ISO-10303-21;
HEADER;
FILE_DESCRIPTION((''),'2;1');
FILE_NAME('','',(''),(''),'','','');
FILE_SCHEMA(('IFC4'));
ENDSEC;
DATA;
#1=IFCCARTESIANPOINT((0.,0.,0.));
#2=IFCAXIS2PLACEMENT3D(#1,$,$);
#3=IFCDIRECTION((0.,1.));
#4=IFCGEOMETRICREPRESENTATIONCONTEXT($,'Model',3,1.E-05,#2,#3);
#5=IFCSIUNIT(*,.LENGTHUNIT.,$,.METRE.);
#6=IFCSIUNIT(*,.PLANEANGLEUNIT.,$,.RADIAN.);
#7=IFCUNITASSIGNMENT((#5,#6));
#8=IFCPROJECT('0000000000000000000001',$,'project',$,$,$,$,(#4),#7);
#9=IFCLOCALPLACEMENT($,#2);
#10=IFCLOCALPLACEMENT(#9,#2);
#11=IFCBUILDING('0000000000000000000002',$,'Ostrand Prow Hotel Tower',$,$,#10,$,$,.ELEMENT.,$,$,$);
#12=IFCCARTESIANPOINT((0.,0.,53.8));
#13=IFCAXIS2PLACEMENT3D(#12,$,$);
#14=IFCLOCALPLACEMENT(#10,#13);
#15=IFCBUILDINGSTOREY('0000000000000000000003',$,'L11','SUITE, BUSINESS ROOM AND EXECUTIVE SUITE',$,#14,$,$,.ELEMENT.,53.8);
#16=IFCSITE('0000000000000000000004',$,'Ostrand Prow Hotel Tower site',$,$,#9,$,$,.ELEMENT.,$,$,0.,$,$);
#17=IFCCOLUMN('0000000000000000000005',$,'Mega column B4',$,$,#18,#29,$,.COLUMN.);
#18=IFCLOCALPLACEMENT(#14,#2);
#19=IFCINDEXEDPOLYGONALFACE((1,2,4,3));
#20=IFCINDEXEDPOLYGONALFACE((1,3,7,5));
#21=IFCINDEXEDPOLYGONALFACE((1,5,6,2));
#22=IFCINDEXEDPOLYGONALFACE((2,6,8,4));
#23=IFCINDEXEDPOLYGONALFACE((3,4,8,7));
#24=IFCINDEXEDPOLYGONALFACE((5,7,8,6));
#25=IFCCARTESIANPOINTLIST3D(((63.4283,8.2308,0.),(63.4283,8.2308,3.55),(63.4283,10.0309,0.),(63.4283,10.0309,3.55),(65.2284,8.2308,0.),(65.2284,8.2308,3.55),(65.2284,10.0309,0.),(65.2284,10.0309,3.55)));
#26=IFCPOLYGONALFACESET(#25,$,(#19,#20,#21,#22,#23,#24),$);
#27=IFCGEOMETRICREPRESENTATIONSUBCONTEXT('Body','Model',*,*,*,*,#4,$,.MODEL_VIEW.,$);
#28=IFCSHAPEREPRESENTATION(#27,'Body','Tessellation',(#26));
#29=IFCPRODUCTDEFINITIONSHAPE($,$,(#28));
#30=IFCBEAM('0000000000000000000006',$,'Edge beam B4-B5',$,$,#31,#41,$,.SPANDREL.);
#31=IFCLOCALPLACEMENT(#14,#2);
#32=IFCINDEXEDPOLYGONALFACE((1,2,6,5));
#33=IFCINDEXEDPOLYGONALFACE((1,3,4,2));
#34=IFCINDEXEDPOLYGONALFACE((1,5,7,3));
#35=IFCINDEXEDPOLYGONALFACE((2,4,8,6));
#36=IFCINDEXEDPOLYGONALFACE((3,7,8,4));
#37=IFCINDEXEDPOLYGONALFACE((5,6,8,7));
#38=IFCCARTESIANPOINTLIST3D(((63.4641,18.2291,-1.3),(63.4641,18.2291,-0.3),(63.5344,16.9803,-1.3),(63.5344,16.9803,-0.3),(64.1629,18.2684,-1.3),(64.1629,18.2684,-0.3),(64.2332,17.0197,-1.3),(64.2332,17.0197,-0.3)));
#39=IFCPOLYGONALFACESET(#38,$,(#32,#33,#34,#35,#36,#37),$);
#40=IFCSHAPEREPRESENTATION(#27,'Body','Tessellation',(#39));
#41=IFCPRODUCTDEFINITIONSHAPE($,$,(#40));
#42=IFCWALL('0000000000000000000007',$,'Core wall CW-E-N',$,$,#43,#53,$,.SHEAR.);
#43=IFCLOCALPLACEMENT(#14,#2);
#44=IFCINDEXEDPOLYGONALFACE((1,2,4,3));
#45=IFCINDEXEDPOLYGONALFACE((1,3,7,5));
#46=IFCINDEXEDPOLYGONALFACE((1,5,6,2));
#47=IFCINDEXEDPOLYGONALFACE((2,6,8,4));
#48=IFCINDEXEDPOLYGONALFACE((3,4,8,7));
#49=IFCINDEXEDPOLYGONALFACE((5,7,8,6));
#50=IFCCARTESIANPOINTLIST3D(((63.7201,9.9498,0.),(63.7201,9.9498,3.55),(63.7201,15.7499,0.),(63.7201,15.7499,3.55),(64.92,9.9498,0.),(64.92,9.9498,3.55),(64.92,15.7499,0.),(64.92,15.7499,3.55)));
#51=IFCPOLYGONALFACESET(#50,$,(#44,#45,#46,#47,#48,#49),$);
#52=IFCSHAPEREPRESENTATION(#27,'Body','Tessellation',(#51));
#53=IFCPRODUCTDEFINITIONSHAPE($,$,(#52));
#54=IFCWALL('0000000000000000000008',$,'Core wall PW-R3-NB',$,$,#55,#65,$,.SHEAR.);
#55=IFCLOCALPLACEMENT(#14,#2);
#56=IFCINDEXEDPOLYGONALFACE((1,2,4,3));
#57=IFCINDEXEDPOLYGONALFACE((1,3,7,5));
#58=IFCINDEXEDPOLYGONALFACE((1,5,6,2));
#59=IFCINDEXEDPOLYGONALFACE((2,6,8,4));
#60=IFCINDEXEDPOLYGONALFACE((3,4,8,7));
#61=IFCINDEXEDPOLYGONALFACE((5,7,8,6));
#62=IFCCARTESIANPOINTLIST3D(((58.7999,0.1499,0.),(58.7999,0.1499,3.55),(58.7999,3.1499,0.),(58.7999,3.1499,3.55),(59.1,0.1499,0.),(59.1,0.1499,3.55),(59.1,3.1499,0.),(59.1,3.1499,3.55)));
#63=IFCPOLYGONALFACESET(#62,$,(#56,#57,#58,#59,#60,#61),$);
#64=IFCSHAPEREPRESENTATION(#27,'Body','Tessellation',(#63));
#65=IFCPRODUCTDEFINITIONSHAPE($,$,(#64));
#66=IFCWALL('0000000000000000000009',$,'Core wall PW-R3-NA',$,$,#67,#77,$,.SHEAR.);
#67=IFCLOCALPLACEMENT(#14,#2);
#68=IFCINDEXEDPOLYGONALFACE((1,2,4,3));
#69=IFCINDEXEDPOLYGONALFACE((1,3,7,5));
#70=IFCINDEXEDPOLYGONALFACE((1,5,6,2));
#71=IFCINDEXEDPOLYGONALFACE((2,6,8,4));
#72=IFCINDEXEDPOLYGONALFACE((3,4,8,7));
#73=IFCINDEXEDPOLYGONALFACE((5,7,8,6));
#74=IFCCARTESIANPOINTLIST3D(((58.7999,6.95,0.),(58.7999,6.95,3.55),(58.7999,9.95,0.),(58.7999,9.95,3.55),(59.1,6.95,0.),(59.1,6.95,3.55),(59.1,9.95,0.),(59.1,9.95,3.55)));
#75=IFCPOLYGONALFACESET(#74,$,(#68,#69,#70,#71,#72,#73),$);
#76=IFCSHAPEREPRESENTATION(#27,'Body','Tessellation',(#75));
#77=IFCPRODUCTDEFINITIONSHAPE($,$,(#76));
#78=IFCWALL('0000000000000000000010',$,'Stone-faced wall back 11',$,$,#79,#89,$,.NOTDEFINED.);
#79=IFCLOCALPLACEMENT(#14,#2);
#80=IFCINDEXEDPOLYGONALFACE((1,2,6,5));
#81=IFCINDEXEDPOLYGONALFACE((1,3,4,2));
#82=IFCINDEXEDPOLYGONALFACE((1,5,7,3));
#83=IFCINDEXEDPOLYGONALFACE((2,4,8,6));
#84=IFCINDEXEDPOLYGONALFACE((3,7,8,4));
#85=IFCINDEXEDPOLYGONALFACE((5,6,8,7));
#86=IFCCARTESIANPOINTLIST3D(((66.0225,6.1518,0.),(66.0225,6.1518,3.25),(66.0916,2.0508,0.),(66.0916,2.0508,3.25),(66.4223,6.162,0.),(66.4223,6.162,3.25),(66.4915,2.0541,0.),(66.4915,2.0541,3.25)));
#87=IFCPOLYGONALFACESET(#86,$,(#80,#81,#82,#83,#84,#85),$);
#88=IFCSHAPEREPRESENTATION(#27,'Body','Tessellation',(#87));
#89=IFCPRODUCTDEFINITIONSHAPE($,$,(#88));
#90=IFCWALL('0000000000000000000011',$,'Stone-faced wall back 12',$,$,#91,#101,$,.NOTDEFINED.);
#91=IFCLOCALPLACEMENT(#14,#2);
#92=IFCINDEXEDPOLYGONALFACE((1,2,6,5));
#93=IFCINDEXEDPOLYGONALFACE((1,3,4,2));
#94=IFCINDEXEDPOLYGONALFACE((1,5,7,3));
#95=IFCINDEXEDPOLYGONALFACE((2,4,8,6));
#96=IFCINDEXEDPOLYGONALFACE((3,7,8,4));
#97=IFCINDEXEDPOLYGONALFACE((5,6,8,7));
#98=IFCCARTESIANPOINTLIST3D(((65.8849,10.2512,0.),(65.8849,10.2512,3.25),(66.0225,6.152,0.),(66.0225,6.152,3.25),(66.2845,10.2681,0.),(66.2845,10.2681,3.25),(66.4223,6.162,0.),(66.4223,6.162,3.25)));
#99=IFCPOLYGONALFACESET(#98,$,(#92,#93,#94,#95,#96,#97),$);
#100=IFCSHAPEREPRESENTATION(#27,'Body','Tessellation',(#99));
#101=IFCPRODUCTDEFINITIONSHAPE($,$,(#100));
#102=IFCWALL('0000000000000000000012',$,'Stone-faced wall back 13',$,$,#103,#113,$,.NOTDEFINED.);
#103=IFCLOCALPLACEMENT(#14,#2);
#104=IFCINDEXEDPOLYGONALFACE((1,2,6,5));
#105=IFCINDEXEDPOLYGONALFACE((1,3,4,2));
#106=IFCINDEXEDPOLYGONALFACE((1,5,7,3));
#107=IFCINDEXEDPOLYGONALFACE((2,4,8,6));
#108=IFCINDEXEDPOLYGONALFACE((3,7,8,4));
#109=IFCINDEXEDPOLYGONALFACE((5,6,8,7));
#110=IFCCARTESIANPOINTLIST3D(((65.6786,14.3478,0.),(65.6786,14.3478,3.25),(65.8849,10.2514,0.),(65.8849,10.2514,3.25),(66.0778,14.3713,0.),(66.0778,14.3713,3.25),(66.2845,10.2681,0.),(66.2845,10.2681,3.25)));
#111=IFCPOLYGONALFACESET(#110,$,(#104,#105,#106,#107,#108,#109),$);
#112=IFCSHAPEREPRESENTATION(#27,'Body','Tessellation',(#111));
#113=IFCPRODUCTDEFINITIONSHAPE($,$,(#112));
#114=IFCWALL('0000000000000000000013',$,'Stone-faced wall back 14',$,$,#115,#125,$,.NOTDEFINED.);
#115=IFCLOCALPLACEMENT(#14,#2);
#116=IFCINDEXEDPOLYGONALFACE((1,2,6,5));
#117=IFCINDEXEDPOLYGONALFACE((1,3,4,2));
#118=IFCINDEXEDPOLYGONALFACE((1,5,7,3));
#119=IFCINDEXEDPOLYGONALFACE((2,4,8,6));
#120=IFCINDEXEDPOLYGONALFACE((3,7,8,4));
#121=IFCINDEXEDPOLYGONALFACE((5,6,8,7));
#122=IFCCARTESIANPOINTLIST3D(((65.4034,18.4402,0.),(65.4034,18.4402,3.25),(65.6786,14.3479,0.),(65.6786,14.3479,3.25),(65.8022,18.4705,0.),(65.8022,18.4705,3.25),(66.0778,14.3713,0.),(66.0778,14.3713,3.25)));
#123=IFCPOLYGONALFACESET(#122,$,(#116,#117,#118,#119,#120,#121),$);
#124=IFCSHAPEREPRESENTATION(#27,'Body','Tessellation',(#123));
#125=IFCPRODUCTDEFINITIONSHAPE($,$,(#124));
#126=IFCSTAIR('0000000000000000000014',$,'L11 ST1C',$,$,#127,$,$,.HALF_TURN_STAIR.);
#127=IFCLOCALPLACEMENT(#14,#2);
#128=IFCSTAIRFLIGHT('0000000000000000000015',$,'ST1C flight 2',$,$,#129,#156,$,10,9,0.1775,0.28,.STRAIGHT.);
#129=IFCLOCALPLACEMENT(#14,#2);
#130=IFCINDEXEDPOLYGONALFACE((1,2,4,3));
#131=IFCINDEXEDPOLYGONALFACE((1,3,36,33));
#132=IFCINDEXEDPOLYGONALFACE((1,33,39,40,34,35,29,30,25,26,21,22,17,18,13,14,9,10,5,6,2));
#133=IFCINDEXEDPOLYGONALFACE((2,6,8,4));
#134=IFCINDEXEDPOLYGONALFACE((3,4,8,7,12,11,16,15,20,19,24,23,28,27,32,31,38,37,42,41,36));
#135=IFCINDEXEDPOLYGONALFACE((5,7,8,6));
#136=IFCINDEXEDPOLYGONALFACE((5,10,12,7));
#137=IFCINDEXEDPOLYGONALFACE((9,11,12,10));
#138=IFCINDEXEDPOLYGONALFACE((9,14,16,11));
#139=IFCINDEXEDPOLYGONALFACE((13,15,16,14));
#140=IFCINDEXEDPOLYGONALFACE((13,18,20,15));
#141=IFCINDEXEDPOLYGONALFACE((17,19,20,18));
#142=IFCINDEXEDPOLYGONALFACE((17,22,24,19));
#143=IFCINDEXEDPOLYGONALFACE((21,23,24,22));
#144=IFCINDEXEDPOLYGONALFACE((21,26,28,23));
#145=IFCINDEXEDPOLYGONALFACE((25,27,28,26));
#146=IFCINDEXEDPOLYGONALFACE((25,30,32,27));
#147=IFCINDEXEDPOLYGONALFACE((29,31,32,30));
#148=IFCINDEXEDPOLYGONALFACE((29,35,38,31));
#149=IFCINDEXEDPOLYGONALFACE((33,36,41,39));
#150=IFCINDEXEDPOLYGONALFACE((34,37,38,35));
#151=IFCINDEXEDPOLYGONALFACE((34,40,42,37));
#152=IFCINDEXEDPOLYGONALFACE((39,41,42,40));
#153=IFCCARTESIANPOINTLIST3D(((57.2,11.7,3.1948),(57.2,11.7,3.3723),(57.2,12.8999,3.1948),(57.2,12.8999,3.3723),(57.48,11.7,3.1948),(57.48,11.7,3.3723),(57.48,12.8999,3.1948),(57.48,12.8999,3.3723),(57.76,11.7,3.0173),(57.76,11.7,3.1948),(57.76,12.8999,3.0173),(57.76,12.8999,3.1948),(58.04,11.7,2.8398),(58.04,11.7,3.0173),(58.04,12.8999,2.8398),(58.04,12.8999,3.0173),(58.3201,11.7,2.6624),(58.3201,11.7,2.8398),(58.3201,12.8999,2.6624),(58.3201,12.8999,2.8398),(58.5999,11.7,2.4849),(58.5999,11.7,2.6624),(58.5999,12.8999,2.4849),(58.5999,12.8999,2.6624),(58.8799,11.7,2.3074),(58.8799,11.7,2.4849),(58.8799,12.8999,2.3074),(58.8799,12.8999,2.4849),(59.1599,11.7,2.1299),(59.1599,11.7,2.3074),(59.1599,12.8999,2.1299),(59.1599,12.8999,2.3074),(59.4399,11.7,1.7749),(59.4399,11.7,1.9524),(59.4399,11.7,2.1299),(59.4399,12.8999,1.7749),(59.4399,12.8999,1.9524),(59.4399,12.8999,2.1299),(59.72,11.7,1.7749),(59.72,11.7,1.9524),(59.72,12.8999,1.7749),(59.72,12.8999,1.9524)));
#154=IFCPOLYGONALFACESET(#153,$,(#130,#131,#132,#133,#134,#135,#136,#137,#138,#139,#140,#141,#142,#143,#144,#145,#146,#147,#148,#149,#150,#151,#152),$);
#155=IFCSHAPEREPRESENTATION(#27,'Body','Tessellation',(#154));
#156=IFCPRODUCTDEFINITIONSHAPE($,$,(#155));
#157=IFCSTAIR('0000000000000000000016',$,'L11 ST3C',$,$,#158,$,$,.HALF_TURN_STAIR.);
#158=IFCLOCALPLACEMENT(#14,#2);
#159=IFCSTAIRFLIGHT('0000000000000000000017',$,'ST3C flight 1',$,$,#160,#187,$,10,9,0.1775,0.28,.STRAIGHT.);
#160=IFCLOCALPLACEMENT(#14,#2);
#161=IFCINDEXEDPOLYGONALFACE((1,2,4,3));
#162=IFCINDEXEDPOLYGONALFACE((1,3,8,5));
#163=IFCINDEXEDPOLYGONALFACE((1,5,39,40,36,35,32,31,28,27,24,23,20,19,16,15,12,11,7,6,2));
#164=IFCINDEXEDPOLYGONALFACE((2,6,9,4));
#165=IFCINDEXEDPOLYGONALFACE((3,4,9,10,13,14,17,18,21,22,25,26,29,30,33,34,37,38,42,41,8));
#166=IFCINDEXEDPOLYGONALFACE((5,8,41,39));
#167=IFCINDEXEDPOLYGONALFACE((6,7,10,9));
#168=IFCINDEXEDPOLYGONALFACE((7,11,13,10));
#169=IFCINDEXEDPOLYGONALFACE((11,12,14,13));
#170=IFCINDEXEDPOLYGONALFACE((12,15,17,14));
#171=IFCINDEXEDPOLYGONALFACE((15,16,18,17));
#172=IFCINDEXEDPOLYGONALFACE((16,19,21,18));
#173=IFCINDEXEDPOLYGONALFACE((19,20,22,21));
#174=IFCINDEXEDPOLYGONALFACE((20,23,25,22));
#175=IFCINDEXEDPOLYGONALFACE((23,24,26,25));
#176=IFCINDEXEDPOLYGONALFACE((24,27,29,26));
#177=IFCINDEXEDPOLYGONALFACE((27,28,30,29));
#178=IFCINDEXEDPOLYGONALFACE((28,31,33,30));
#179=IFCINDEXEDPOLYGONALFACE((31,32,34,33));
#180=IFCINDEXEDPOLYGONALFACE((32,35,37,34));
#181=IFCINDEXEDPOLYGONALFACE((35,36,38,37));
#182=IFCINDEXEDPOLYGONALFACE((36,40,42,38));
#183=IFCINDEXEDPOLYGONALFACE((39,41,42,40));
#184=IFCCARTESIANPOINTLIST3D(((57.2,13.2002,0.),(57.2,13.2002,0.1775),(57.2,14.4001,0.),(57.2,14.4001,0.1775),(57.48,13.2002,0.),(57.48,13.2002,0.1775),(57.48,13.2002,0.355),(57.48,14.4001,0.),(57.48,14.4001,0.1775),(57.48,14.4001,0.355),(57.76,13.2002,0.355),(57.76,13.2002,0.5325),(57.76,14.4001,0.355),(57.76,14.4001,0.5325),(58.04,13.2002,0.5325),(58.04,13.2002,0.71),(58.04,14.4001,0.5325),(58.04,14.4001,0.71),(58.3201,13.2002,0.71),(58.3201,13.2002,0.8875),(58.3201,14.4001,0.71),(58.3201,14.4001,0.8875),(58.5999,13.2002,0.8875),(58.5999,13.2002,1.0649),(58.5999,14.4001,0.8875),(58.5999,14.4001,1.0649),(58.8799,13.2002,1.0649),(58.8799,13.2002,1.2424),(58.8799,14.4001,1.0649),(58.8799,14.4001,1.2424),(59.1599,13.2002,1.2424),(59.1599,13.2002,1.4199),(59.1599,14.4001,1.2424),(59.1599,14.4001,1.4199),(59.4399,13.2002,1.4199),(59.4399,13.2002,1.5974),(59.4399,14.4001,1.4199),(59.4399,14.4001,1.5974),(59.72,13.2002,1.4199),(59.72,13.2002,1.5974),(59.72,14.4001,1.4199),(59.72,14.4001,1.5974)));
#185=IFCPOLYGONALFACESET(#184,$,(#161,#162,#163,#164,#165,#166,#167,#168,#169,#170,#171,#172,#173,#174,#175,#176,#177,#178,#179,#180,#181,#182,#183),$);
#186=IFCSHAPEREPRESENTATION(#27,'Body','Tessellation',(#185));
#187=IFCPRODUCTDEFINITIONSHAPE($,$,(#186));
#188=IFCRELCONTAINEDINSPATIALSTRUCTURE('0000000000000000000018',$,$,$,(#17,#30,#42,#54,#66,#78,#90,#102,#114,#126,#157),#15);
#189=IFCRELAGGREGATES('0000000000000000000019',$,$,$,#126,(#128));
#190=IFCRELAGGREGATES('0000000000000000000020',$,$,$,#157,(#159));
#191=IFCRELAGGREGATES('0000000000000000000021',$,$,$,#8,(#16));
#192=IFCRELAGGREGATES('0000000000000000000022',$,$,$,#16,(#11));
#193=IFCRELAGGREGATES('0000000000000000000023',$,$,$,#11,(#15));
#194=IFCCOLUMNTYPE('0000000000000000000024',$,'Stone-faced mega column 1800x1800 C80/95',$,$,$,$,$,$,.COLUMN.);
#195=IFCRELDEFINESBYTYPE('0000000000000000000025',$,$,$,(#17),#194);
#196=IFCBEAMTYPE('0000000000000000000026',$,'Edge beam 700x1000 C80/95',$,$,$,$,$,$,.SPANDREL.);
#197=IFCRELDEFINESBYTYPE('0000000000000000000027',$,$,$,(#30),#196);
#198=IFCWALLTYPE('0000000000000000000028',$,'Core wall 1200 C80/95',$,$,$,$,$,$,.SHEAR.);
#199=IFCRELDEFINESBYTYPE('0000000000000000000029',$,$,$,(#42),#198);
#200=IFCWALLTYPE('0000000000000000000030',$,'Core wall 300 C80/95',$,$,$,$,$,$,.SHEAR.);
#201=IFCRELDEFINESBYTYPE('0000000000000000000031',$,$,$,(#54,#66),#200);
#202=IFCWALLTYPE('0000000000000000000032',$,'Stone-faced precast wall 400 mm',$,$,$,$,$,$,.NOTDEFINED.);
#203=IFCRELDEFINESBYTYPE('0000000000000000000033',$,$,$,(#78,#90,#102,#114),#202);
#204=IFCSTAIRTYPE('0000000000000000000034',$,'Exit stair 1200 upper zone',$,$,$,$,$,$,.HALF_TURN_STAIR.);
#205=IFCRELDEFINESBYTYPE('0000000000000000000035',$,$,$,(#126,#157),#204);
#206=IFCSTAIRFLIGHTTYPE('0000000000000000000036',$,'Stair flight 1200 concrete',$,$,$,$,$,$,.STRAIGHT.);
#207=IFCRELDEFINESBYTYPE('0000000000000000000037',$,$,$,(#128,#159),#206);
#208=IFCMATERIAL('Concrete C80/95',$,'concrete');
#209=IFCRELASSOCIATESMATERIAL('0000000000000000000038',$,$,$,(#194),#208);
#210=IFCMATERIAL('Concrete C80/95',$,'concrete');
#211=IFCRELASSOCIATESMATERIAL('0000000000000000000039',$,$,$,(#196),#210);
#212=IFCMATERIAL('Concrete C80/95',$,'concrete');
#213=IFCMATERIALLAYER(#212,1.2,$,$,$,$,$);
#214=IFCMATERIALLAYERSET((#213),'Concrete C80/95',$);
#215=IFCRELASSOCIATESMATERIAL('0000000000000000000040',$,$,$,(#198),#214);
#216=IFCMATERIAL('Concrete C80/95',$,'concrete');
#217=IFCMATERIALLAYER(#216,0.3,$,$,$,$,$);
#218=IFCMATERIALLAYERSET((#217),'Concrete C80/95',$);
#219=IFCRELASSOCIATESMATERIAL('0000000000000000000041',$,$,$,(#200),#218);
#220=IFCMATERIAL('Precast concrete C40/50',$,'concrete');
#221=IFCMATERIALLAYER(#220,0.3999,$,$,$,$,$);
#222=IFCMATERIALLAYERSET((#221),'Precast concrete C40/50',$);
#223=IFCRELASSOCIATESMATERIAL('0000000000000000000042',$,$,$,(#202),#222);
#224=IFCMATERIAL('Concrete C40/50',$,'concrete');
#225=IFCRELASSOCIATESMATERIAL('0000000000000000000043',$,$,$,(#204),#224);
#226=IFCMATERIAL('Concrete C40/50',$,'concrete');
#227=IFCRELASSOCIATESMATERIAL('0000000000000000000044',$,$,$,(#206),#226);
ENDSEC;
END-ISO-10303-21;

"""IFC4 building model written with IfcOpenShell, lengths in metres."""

from ifc_helpers import new_model, si_unit, direction, frame, frame_2d, origin, origin_2d, place, context, subcontext, project, spatial, polyline, rectangle, outline, extrude, material, layer, layer_set, material_profile, profile_set, type_object, element, aggregate, save


model = new_model("IFC4")

# Units and contexts
model_context = context("Model", 3, precision=1e-05, world=origin(), true_north=direction((0.0, 1.0)))
body_context = subcontext(model_context, "Body", "Model", "MODEL_VIEW")
ifc_project = project(units=[si_unit("LENGTHUNIT", "METRE"), si_unit("PLANEANGLEUNIT", "RADIAN")], contexts=[model_context])

# Site, building, storey
site_placement = place(None, origin())
site = spatial("IfcSite", under=ifc_project, at=site_placement, Name="Ostrand Prow Hotel Tower site", CompositionType="ELEMENT", RefElevation=0.0)
building_placement = place(site_placement, origin())
building = spatial("IfcBuilding", under=site, at=building_placement, Name="Ostrand Prow Hotel Tower", CompositionType="ELEMENT")
storey_placement = place(building_placement, frame((0.0, 0.0, 53.8)))
storey = spatial("IfcBuildingStorey", under=building, at=storey_placement, Name="L11", Description="SUITE, BUSINESS ROOM AND EXECUTIVE SUITE", CompositionType="ELEMENT", Elevation=53.8)

# Column
ifc_material_1 = material(Name="Concrete C80/95", Category="concrete")
ifc_material_profile_1 = material_profile(ifc_material_1, rectangle(XDim=1.8, YDim=1.8, at=origin_2d()), Name="RC 1800x1800")
ifc_profile_set_1 = profile_set([ifc_material_profile_1], Name="Concrete C80/95")
column_type = type_object("IfcColumnType", Name="Stone-faced mega column 1800x1800 C80/95", PredefinedType="COLUMN", material=ifc_profile_set_1)
column_placement = place(storey_placement, frame((64.3284, 9.1309, 0.0), z_axis=(0.0, 0.0, 1.0), x_axis=(1.0, 0.0, 0.0)))
element("IfcColumn", 1, at=column_placement, inside=storey, type_object=column_type, Name="Mega column B4", PredefinedType="COLUMN", context=body_context, shape_type="SweptSolid", body=[
    extrude(rectangle(XDim=1.8, YDim=1.8, at=origin_2d()), origin(), (0.0, 0.0, 1.0), 3.55),
])

# Beam
ifc_material_2 = material(Name="Concrete C80/95", Category="concrete")
ifc_material_profile_2 = material_profile(ifc_material_2, rectangle(XDim=0.7, YDim=1.0, at=origin_2d()), Name="RC 700x1000")
ifc_profile_set_2 = profile_set([ifc_material_profile_2], Name="Concrete C80/95")
beam_type = type_object("IfcBeamType", Name="Edge beam 700x1000 C80/95", PredefinedType="SPANDREL", material=ifc_profile_set_2)
beam_placement = place(storey_placement, frame((63.8838, 17.0, -0.8), z_axis=(-0.056216, 0.998419, 0.0), x_axis=(-0.998419, -0.056216, 0.0)))
element("IfcBeam", 2, at=beam_placement, inside=storey, type_object=beam_type, Name="Edge beam B4-B5", PredefinedType="SPANDREL", context=body_context, shape_type="SweptSolid", body=[
    extrude(rectangle(XDim=0.7, YDim=1.0, at=origin_2d()), origin(), (0.0, 0.0, 1.0), 1.2507),
])

# Walls
ifc_material_3 = material(Name="Concrete C80/95", Category="concrete")
ifc_layer_1 = layer(ifc_material_3, 1.2)
ifc_layer_set_1 = layer_set([ifc_layer_1], Name="Concrete C80/95")
wall_type_1 = type_object("IfcWallType", Name="Core wall 1200 C80/95", PredefinedType="SHEAR", material=ifc_layer_set_1)
wall_placement = place(storey_placement, frame((64.3201, 9.95, 0.0), z_axis=(0.0, 0.0, 1.0), x_axis=(0.0, 1.0, 0.0)))
element("IfcWall", 3, at=wall_placement, inside=storey, type_object=wall_type_1, Name="Core wall CW-E-N", PredefinedType="SHEAR", context=body_context, shape_type="SweptSolid", body=[
    extrude(rectangle(XDim=5.8, YDim=1.2, at=frame_2d((2.8999, 0.0))), origin(), (0.0, 0.0, 1.0), 3.55),
])
ifc_material_4 = material(Name="Concrete C80/95", Category="concrete")
ifc_layer_2 = layer(ifc_material_4, 0.3)
ifc_layer_set_2 = layer_set([ifc_layer_2], Name="Concrete C80/95")
wall_type_2 = type_object("IfcWallType", Name="Core wall 300 C80/95", PredefinedType="SHEAR", material=ifc_layer_set_2)
for number, where, z_axis, x_axis, name in (
    (4, (58.95, 0.1499, 0.0), (0.0, 0.0, 1.0), (0.0, 1.0, 0.0), "Core wall PW-R3-NB"),
    (5, (58.95, 6.95, 0.0), (0.0, 0.0, 1.0), (0.0, 1.0, 0.0), "Core wall PW-R3-NA"),
):
    element("IfcWall", number, at=place(storey_placement, frame(where, z_axis=z_axis, x_axis=x_axis)), inside=storey, type_object=wall_type_2, Name=name, PredefinedType="SHEAR", context=body_context, shape_type="SweptSolid", body=[
        extrude(rectangle(XDim=3.0, YDim=0.3, at=frame_2d((1.5, 0.0))), origin(), (0.0, 0.0, 1.0), 3.55),
    ])
ifc_material_5 = material(Name="Precast concrete C40/50", Category="concrete")
ifc_layer_3 = layer(ifc_material_5, 0.3999)
ifc_layer_set_3 = layer_set([ifc_layer_3], Name="Precast concrete C40/50")
wall_type_3 = type_object("IfcWallType", Name="Stone-faced precast wall 400 mm", PredefinedType="NOTDEFINED", material=ifc_layer_set_3)
for number, where, z_axis, x_axis, name in (
    (6, (66.2915, 2.0525, 0.0), (0.0, 0.0, 1.0), (-0.016831, 0.999858, 0.0), "Stone-faced wall back 11"),
    (7, (66.2224, 6.157, 0.0), (0.0, 0.0, 1.0), (-0.033543, 0.999437, 0.0), "Stone-faced wall back 12"),
    (8, (66.0847, 10.2598, 0.0), (0.0, 0.0, 1.0), (-0.050314, 0.998733, 0.0), "Stone-faced wall back 13"),
    (9, (65.8782, 14.3596, 0.0), (0.0, 0.0, 1.0), (-0.067087, 0.997747, 0.0), "Stone-faced wall back 14"),
):
    element("IfcWall", number, at=place(storey_placement, frame(where, z_axis=z_axis, x_axis=x_axis)), inside=storey, type_object=wall_type_3, Name=name, PredefinedType="NOTDEFINED", context=body_context, shape_type="SweptSolid", body=[
        extrude(outline(polyline([(-0.0017, -0.2), (4.1067, -0.2), (4.1033, 0.2), (0.0017, 0.2), (-0.0017, -0.2)])), origin(), (0.0, 0.0, 1.0), 3.25),
    ])

# Stair, stair flight
ifc_material_6 = material(Name="Concrete C40/50", Category="concrete")
stair_type = type_object("IfcStairType", Name="Exit stair 1200 upper zone", PredefinedType="HALF_TURN_STAIR", material=ifc_material_6)
stair_1_placement = place(storey_placement, origin())
stair_1 = element("IfcStair", 10, at=stair_1_placement, inside=storey, type_object=stair_type, Name="L11 ST1C", PredefinedType="HALF_TURN_STAIR")
ifc_material_7 = material(Name="Concrete C40/50", Category="concrete")
stair_flight_type = type_object("IfcStairFlightType", Name="Stair flight 1200 concrete", PredefinedType="STRAIGHT", material=ifc_material_7)
stair_flight_1_placement = place(storey_placement, frame((59.72, 12.3, 1.7749), z_axis=(0.0, 0.0, 1.0), x_axis=(-1.0, 0.0, 0.0)))
stair_flight_1 = element("IfcStairFlight", 11, at=stair_flight_1_placement, type_object=stair_flight_type, Name="ST1C flight 2", NumberOfRisers=10, NumberOfTreads=9, PredefinedType="STRAIGHT", RiserHeight=0.1775, TreadLength=0.28, context=body_context, shape_type="SweptSolid", body=[
    extrude(outline(polyline([(0.0, 0.0), (0.0, 0.1775), (0.28, 0.1775), (0.28, 0.355), (0.5601, 0.355), (0.5601, 0.5325), (0.8401, 0.5325), (0.8401, 0.71), (1.1201, 0.71), (1.1201, 0.8875), (1.3999, 0.8875), (1.3999, 1.0649), (1.6799, 1.0649), (1.6799, 1.2424), (1.96, 1.2424), (1.96, 1.4199), (2.24, 1.4199), (2.24, 1.5974), (2.52, 1.5974), (2.52, 1.7749), (2.52, 1.4199), (0.28, 0.0), (0.0, 0.0)])), frame((0.0, 0.6001, 0.0), z_axis=(0.0, -1.0, 0.0), x_axis=(1.0, 0.0, 0.0)), (0.0, 0.0, 1.0), 1.2),
])
aggregate(stair_1, [stair_flight_1])

# Stair, stair flight
stair_2_placement = place(storey_placement, origin())
stair_2 = element("IfcStair", 12, at=stair_2_placement, inside=storey, type_object=stair_type, Name="L11 ST3C", PredefinedType="HALF_TURN_STAIR")
stair_flight_2_placement = place(storey_placement, frame((57.2, 13.8, 0.0), z_axis=(0.0, 0.0, 1.0), x_axis=(1.0, 0.0, 0.0)))
stair_flight_2 = element("IfcStairFlight", 13, at=stair_flight_2_placement, type_object=stair_flight_type, Name="ST3C flight 1", NumberOfRisers=10, NumberOfTreads=9, PredefinedType="STRAIGHT", RiserHeight=0.1775, TreadLength=0.28, context=body_context, shape_type="SweptSolid", body=[
    extrude(outline(polyline([(0.0, 0.0), (0.0, 0.1775), (0.28, 0.1775), (0.28, 0.355), (0.5601, 0.355), (0.5601, 0.5325), (0.8401, 0.5325), (0.8401, 0.71), (1.1201, 0.71), (1.1201, 0.8875), (1.3999, 0.8875), (1.3999, 1.0649), (1.6799, 1.0649), (1.6799, 1.2424), (1.96, 1.2424), (1.96, 1.4199), (2.24, 1.4199), (2.24, 1.5974), (2.52, 1.5974), (2.52, 1.7749), (2.52, 1.4199), (0.28, 0.0), (0.0, 0.0)])), frame((0.0, 0.6001, 0.0), z_axis=(0.0, -1.0, 0.0), x_axis=(1.0, 0.0, 0.0)), (0.0, 0.0, 1.0), 1.2),
])
aggregate(stair_2, [stair_flight_2])

save(model, "model.ifc")
